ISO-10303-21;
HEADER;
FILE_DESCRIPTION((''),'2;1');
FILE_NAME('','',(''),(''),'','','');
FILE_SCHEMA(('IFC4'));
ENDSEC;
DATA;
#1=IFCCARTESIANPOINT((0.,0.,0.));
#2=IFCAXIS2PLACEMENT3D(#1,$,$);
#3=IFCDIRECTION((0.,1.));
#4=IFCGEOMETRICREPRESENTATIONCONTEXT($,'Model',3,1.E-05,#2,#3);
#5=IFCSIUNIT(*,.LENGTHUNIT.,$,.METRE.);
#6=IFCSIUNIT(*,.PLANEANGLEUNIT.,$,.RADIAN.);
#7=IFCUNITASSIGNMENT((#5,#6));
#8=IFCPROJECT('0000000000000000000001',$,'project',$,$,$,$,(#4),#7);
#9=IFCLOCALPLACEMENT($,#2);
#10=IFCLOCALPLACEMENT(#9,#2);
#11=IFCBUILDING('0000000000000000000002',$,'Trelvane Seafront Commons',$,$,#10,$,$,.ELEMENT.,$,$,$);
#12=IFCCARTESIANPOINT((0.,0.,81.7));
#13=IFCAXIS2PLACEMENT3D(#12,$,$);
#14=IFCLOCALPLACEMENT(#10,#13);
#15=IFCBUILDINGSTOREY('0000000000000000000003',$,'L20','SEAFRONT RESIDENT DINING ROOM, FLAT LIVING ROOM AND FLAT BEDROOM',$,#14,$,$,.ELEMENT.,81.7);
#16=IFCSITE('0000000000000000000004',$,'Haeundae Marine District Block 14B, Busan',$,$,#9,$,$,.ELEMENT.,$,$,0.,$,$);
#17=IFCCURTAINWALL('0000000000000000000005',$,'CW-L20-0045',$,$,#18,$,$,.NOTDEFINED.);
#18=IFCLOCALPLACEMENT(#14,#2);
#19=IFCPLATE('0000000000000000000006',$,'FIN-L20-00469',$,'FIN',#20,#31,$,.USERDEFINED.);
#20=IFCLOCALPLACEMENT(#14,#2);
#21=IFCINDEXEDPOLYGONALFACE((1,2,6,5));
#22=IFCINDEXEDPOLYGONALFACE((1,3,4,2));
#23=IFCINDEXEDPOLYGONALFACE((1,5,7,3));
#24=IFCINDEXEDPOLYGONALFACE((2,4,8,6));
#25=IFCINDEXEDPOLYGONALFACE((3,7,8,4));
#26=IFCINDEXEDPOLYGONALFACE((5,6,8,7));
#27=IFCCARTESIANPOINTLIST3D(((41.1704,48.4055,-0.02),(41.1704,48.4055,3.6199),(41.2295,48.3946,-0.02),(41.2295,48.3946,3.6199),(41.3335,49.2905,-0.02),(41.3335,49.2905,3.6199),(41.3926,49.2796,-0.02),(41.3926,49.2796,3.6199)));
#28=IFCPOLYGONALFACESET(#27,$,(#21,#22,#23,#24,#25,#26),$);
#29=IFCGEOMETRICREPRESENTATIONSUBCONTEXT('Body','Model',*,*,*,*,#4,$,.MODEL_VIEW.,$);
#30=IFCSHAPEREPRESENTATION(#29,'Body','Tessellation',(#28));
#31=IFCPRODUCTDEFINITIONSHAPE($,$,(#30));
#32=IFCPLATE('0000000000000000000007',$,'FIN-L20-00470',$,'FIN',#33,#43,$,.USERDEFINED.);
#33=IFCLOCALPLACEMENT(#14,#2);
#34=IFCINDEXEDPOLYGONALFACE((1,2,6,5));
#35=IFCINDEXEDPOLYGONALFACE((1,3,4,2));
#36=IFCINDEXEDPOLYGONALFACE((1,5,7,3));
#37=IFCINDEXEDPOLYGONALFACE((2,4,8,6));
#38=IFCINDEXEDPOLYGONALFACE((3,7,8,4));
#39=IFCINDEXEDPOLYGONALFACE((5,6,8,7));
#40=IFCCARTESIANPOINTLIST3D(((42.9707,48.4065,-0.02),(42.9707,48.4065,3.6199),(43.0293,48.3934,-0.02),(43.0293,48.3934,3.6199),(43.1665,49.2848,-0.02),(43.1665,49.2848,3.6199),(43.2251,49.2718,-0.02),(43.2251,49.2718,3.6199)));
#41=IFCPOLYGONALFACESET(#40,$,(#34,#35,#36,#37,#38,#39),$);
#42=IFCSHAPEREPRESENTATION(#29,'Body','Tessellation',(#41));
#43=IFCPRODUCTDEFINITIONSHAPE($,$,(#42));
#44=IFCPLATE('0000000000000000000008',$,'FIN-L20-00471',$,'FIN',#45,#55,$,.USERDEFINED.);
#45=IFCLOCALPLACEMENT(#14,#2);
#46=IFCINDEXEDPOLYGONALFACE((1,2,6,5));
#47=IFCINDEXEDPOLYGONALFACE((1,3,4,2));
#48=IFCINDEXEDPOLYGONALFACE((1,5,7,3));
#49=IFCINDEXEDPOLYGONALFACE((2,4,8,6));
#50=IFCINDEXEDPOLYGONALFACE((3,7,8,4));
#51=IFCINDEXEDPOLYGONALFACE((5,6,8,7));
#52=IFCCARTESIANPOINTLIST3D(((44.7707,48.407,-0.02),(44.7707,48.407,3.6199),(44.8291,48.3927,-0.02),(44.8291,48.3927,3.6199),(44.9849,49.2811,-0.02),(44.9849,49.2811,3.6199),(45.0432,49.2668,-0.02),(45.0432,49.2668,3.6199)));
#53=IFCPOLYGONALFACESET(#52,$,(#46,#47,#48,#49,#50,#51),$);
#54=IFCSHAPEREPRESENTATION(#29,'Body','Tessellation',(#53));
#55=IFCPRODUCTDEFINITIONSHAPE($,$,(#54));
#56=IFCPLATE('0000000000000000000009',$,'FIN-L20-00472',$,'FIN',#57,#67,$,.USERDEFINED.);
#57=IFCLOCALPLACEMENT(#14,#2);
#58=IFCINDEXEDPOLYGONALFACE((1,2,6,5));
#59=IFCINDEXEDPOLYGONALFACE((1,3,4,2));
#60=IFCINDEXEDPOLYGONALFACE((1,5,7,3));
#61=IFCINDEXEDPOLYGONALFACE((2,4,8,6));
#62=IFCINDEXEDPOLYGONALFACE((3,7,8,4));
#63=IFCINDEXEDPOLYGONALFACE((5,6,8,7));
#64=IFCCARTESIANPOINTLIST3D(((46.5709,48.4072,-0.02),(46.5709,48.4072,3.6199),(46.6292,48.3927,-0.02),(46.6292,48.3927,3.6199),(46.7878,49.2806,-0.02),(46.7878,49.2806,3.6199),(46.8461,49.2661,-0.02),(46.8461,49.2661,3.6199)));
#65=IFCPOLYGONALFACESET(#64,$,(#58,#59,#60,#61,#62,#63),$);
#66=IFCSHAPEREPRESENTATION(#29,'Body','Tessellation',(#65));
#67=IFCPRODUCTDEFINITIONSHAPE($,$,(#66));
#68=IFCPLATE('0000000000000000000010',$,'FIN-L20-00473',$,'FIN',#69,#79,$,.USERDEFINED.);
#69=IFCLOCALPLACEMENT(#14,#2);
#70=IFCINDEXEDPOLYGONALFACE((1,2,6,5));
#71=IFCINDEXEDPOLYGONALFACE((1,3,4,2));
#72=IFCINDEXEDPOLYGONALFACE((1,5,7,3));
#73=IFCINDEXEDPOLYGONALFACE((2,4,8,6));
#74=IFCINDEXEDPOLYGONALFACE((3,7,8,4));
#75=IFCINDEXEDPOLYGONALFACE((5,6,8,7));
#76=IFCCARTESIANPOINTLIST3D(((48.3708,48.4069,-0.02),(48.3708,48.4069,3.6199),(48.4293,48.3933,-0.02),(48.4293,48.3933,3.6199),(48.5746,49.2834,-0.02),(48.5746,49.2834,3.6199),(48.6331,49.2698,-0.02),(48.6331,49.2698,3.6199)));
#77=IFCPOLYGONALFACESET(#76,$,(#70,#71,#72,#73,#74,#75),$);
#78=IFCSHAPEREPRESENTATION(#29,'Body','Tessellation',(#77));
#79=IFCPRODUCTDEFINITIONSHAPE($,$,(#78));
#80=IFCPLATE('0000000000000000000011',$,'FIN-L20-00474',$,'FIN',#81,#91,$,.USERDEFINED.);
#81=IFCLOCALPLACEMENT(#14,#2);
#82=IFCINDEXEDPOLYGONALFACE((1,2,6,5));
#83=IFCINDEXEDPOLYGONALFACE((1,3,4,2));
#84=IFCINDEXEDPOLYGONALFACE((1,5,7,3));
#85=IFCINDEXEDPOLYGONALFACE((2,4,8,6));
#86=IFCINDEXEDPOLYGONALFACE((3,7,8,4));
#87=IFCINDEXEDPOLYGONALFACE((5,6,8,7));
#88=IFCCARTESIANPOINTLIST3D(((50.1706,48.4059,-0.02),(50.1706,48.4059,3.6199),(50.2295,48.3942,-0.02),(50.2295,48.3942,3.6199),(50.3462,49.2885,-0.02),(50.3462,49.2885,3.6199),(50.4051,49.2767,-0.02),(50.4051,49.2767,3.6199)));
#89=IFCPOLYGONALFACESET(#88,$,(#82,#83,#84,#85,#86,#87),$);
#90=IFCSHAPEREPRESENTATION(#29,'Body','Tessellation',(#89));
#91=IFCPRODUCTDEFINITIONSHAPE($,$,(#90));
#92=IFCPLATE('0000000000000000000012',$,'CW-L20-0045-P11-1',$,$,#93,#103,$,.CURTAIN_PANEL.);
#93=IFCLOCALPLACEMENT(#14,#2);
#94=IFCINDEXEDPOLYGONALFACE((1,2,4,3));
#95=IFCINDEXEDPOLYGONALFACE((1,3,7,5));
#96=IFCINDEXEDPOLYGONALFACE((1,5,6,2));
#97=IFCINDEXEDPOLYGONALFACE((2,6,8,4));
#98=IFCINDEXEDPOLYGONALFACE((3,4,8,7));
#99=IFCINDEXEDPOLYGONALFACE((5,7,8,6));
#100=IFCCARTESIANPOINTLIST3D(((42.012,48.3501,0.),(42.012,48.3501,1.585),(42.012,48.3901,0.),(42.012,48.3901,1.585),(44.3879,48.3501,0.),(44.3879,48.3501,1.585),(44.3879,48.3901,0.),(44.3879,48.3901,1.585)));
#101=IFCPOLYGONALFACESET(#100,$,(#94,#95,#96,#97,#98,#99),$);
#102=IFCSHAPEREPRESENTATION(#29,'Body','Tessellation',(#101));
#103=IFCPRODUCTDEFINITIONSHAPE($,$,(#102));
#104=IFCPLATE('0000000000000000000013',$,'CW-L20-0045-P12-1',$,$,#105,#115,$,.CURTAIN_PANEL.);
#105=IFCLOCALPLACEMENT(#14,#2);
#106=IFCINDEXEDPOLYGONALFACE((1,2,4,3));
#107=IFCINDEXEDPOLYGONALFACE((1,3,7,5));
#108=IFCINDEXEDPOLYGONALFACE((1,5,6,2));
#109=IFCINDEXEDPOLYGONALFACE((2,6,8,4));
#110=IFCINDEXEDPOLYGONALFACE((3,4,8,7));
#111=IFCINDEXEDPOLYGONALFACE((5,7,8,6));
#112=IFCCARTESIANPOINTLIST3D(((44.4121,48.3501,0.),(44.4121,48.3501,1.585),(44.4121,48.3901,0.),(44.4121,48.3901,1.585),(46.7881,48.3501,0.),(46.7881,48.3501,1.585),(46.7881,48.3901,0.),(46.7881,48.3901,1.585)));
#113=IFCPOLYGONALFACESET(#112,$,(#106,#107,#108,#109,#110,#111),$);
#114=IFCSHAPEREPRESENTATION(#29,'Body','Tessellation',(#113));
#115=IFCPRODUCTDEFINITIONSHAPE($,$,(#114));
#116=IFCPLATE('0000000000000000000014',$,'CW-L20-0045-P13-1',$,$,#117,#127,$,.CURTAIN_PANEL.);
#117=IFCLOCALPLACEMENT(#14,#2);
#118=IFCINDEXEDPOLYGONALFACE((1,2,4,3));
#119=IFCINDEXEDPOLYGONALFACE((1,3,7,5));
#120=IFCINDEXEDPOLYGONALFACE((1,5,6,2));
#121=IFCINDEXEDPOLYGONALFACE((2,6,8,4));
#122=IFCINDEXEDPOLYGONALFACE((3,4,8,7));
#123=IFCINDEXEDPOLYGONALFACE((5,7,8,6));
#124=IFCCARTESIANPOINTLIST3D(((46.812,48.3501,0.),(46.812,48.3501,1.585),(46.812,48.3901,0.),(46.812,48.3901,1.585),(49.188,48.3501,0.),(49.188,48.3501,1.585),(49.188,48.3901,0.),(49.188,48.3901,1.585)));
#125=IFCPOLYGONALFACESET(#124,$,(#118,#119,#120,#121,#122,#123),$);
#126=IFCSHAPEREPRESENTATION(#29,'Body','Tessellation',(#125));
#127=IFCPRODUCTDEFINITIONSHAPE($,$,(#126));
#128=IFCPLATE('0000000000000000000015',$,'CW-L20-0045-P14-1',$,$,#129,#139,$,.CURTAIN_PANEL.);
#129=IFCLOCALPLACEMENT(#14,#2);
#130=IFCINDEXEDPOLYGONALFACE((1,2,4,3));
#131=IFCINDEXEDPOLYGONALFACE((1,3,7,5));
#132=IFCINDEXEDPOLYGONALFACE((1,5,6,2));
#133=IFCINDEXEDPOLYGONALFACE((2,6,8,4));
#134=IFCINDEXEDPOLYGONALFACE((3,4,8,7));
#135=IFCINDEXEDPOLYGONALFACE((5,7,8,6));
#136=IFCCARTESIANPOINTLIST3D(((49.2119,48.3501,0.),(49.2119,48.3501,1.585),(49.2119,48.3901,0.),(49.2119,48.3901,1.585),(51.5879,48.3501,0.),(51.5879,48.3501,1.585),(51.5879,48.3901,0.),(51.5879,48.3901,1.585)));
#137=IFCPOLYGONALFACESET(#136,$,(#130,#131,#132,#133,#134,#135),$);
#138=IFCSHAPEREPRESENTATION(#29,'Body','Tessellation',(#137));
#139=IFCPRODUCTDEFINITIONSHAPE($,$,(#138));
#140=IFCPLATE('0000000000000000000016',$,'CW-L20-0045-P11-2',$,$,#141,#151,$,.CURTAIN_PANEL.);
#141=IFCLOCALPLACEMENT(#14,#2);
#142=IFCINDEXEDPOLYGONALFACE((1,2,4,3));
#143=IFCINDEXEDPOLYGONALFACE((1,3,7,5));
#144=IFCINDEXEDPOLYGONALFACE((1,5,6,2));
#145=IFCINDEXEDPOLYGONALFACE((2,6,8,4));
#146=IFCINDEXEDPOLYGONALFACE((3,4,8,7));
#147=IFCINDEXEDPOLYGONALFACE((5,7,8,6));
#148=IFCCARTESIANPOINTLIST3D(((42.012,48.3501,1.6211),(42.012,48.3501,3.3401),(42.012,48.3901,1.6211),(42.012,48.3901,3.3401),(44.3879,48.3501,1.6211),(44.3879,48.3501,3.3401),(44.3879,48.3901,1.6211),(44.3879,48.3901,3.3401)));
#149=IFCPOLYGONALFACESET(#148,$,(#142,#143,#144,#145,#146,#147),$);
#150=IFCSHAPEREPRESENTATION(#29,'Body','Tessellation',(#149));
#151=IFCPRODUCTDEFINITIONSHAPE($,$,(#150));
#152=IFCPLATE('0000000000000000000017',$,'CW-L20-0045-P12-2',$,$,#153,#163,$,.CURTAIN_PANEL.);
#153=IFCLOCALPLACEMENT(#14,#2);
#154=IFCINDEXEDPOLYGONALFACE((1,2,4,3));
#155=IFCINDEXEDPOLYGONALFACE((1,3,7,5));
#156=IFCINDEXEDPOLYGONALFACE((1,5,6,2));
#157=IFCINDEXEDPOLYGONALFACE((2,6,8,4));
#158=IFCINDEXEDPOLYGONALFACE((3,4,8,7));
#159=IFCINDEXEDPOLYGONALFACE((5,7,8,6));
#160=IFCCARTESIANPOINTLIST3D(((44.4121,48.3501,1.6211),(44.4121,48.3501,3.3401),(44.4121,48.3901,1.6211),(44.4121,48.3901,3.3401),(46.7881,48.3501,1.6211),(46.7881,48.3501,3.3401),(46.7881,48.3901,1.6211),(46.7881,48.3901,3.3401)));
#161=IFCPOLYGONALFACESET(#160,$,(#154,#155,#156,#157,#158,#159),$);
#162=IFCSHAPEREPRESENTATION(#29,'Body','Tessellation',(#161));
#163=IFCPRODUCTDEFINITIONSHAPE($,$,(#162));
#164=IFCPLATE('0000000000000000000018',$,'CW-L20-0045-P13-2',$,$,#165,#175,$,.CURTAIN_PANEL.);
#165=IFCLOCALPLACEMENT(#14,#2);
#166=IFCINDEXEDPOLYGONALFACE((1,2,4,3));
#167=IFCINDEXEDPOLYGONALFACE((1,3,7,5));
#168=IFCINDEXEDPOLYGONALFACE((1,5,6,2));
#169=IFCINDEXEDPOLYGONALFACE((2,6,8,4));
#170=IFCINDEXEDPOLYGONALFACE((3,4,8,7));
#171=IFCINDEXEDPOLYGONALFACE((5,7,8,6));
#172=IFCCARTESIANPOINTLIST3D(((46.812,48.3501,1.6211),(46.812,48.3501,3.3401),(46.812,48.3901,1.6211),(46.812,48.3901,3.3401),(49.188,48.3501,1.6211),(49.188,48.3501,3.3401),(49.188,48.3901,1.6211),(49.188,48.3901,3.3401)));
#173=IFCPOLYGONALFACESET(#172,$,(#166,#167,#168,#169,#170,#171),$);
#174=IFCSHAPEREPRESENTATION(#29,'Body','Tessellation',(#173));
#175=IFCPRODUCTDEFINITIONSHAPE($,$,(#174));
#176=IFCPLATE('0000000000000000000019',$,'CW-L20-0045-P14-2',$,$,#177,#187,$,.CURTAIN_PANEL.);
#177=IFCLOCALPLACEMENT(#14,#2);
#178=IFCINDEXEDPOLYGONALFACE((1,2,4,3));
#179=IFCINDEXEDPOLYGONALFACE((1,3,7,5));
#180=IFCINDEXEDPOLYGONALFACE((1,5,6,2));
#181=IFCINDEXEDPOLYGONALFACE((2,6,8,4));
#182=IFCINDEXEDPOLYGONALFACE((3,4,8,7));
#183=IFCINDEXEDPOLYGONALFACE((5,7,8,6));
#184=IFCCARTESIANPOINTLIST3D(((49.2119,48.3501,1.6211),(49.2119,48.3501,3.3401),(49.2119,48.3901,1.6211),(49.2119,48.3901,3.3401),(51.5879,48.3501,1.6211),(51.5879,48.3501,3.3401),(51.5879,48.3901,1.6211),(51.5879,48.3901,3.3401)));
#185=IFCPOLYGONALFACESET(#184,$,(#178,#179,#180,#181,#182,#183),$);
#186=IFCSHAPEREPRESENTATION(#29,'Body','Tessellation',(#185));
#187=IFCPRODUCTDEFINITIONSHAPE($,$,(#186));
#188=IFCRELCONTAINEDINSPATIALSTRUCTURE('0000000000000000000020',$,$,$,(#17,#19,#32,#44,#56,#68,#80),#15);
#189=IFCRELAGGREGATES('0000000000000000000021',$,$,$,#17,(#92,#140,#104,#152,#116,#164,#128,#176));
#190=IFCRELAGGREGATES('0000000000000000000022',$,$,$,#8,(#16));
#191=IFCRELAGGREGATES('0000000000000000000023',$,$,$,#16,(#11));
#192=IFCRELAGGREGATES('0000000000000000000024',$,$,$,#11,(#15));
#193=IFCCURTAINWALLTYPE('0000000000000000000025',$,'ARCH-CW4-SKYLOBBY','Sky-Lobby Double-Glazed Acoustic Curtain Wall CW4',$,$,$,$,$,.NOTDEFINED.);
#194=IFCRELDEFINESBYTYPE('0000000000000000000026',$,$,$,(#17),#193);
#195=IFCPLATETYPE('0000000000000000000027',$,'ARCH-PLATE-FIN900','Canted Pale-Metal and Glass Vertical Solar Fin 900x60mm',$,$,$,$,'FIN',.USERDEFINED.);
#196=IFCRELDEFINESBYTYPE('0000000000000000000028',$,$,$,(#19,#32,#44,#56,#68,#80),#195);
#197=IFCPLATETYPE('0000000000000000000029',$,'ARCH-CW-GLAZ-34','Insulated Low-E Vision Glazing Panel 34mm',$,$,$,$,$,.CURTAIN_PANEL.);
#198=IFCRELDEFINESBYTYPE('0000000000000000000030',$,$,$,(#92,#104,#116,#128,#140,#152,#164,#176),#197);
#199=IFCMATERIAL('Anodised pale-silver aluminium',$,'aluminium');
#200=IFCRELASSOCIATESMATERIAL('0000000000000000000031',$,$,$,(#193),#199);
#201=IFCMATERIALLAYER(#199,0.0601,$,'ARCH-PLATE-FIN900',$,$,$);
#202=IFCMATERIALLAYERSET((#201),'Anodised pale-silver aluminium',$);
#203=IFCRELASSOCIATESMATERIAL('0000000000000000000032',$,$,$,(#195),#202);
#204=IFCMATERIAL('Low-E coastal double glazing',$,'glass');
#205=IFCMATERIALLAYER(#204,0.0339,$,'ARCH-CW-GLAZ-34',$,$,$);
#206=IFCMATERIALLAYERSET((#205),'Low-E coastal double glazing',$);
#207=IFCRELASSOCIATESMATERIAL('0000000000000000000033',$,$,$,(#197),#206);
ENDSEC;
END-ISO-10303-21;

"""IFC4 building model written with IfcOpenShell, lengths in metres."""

from ifc_helpers import new_model, si_unit, direction, frame, origin, origin_2d, place, context, subcontext, project, spatial, rectangle, extrude, source, transform, mapped, material, layer, layer_set, type_object, element, aggregate, save


model = new_model("IFC4")

# Units and contexts
model_context = context("Model", 3, precision=1e-05, world=origin(), true_north=direction((0.0, 1.0)))
body_context = subcontext(model_context, "Body", "Model", "MODEL_VIEW")
ifc_project = project(units=[si_unit("LENGTHUNIT", "METRE"), si_unit("PLANEANGLEUNIT", "RADIAN")], contexts=[model_context])

# Site, building, storey
site_placement = place(None, origin())
site = spatial("IfcSite", under=ifc_project, at=site_placement, Name="Haeundae Marine District Block 14B, Busan", CompositionType="ELEMENT", RefElevation=0.0)
building_placement = place(site_placement, origin())
building = spatial("IfcBuilding", under=site, at=building_placement, Name="Trelvane Seafront Commons", CompositionType="ELEMENT")
storey_placement = place(building_placement, frame((0.0, 0.0, 81.7)))
storey = spatial("IfcBuildingStorey", under=building, at=storey_placement, Name="L20", Description="SEAFRONT RESIDENT DINING ROOM, FLAT LIVING ROOM AND FLAT BEDROOM", CompositionType="ELEMENT", Elevation=81.7)

# Curtain wall
ifc_material_1 = material(Name="Anodised pale-silver aluminium", Category="aluminium")
curtain_wall_type = type_object("IfcCurtainWallType", Name="ARCH-CW4-SKYLOBBY", Description="Sky-Lobby Double-Glazed Acoustic Curtain Wall CW4", PredefinedType="NOTDEFINED", material=ifc_material_1)
curtain_wall_placement = place(storey_placement, origin())
curtain_wall = element("IfcCurtainWall", 1, at=curtain_wall_placement, inside=storey, type_object=curtain_wall_type, Name="CW-L20-0045", PredefinedType="NOTDEFINED")

# Plates
ifc_layer_1 = layer(ifc_material_1, 0.0601, Name="ARCH-PLATE-FIN900")
ifc_layer_set_1 = layer_set([ifc_layer_1], Name="Anodised pale-silver aluminium")
plate_type_1 = type_object("IfcPlateType", Name="ARCH-PLATE-FIN900", Description="Canted Pale-Metal and Glass Vertical Solar Fin 900x60mm", ElementType="FIN", PredefinedType="USERDEFINED", material=ifc_layer_set_1)
shared_shape_1 = source(origin(), body_context, "Body", "SweptSolid", [
    extrude(rectangle(XDim=0.8999, YDim=0.0601, at=origin_2d()), origin(), (0.0, 0.0, 1.0), 3.6399),
])
for number, where, z_axis, x_axis, name in (
    (2, (41.2815, 48.8425, -0.02), (0.0, 0.0, 1.0), (0.181221, 0.983442, 0.0), "FIN-L20-00469"),
    (3, (43.0979, 48.8391, -0.02), (0.0, 0.0, 1.0), (0.217566, 0.976046, 0.0), "FIN-L20-00470"),
    (4, (44.907, 48.8369, -0.02), (0.0, 0.0, 1.0), (0.23801, 0.971263, 0.0), "FIN-L20-00471"),
    (5, (46.7085, 48.8367, -0.02), (0.0, 0.0, 1.0), (0.240992, 0.970527, 0.0), "FIN-L20-00472"),
    (6, (48.502, 48.8384, -0.02), (0.0, 0.0, 1.0), (0.226449, 0.974023, 0.0), "FIN-L20-00473"),
    (7, (50.2878, 48.8413, -0.02), (0.0, 0.0, 1.0), (0.195219, 0.98076, 0.0), "FIN-L20-00474"),
):
    element("IfcPlate", number, at=place(storey_placement, frame(where, z_axis=z_axis, x_axis=x_axis)), inside=storey, type_object=plate_type_1, Name=name, ObjectType="FIN", PredefinedType="USERDEFINED", context=body_context, shape_type="MappedRepresentation", body=[
        mapped(shared_shape_1, transform((0.0, 0.0, 0.0), x_axis=(1.0, 0.0, 0.0), y_axis=(0.0, 1.0, 0.0), z_axis=(0.0, 0.0, 1.0), scale=1.0)),
    ])

# Plates
ifc_material_2 = material(Name="Low-E coastal double glazing", Category="glass")
ifc_layer_2 = layer(ifc_material_2, 0.0339, Name="ARCH-CW-GLAZ-34")
ifc_layer_set_2 = layer_set([ifc_layer_2], Name="Low-E coastal double glazing")
plate_type_2 = type_object("IfcPlateType", Name="ARCH-CW-GLAZ-34", Description="Insulated Low-E Vision Glazing Panel 34mm", PredefinedType="CURTAIN_PANEL", material=ifc_layer_set_2)
shared_shape_2 = source(origin(), body_context, "Body", "SweptSolid", [
    extrude(rectangle(XDim=2.376, YDim=0.04, at=origin_2d()), origin(), (0.0, 0.0, 1.0), 1.585),
])
plate_1_placement = place(storey_placement, frame((43.2, 48.3701, 0.0), z_axis=(0.0, 0.0, 1.0), x_axis=(1.0, 0.0, 0.0)))
plate_1 = element("IfcPlate", 8, at=plate_1_placement, type_object=plate_type_2, Name="CW-L20-0045-P11-1", PredefinedType="CURTAIN_PANEL", context=body_context, shape_type="MappedRepresentation", body=[
    mapped(shared_shape_2, transform((0.0, 0.0, 0.0), x_axis=(1.0, 0.0, 0.0), y_axis=(0.0, 1.0, 0.0), z_axis=(0.0, 0.0, 1.0), scale=1.0)),
])
plate_2_placement = place(storey_placement, frame((45.6001, 48.3701, 0.0), z_axis=(0.0, 0.0, 1.0), x_axis=(1.0, 0.0, 0.0)))
plate_2 = element("IfcPlate", 9, at=plate_2_placement, type_object=plate_type_2, Name="CW-L20-0045-P12-1", PredefinedType="CURTAIN_PANEL", context=body_context, shape_type="MappedRepresentation", body=[
    mapped(shared_shape_2, transform((0.0, 0.0, 0.0), x_axis=(1.0, 0.0, 0.0), y_axis=(0.0, 1.0, 0.0), z_axis=(0.0, 0.0, 1.0), scale=1.0)),
])
plate_3_placement = place(storey_placement, frame((48.0, 48.3701, 0.0), z_axis=(0.0, 0.0, 1.0), x_axis=(1.0, 0.0, 0.0)))
plate_3 = element("IfcPlate", 10, at=plate_3_placement, type_object=plate_type_2, Name="CW-L20-0045-P13-1", PredefinedType="CURTAIN_PANEL", context=body_context, shape_type="MappedRepresentation", body=[
    mapped(shared_shape_2, transform((0.0, 0.0, 0.0), x_axis=(1.0, 0.0, 0.0), y_axis=(0.0, 1.0, 0.0), z_axis=(0.0, 0.0, 1.0), scale=1.0)),
])
plate_4_placement = place(storey_placement, frame((50.3999, 48.3701, 0.0), z_axis=(0.0, 0.0, 1.0), x_axis=(1.0, 0.0, 0.0)))
plate_4 = element("IfcPlate", 11, at=plate_4_placement, type_object=plate_type_2, Name="CW-L20-0045-P14-1", PredefinedType="CURTAIN_PANEL", context=body_context, shape_type="MappedRepresentation", body=[
    mapped(shared_shape_2, transform((0.0, 0.0, 0.0), x_axis=(1.0, 0.0, 0.0), y_axis=(0.0, 1.0, 0.0), z_axis=(0.0, 0.0, 1.0), scale=1.0)),
])
shared_shape_3 = source(origin(), body_context, "Body", "SweptSolid", [
    extrude(rectangle(XDim=2.376, YDim=0.04, at=origin_2d()), origin(), (0.0, 0.0, 1.0), 1.719),
])
plate_5_placement = place(storey_placement, frame((43.2, 48.3701, 1.6211), z_axis=(0.0, 0.0, 1.0), x_axis=(1.0, 0.0, 0.0)))
plate_5 = element("IfcPlate", 12, at=plate_5_placement, type_object=plate_type_2, Name="CW-L20-0045-P11-2", PredefinedType="CURTAIN_PANEL", context=body_context, shape_type="MappedRepresentation", body=[
    mapped(shared_shape_3, transform((0.0, 0.0, 0.0), x_axis=(1.0, 0.0, 0.0), y_axis=(0.0, 1.0, 0.0), z_axis=(0.0, 0.0, 1.0), scale=1.0)),
])
plate_6_placement = place(storey_placement, frame((45.6001, 48.3701, 1.6211), z_axis=(0.0, 0.0, 1.0), x_axis=(1.0, 0.0, 0.0)))
plate_6 = element("IfcPlate", 13, at=plate_6_placement, type_object=plate_type_2, Name="CW-L20-0045-P12-2", PredefinedType="CURTAIN_PANEL", context=body_context, shape_type="MappedRepresentation", body=[
    mapped(shared_shape_3, transform((0.0, 0.0, 0.0), x_axis=(1.0, 0.0, 0.0), y_axis=(0.0, 1.0, 0.0), z_axis=(0.0, 0.0, 1.0), scale=1.0)),
])
plate_7_placement = place(storey_placement, frame((48.0, 48.3701, 1.6211), z_axis=(0.0, 0.0, 1.0), x_axis=(1.0, 0.0, 0.0)))
plate_7 = element("IfcPlate", 14, at=plate_7_placement, type_object=plate_type_2, Name="CW-L20-0045-P13-2", PredefinedType="CURTAIN_PANEL", context=body_context, shape_type="MappedRepresentation", body=[
    mapped(shared_shape_3, transform((0.0, 0.0, 0.0), x_axis=(1.0, 0.0, 0.0), y_axis=(0.0, 1.0, 0.0), z_axis=(0.0, 0.0, 1.0), scale=1.0)),
])
plate_8_placement = place(storey_placement, frame((50.3999, 48.3701, 1.6211), z_axis=(0.0, 0.0, 1.0), x_axis=(1.0, 0.0, 0.0)))
plate_8 = element("IfcPlate", 15, at=plate_8_placement, type_object=plate_type_2, Name="CW-L20-0045-P14-2", PredefinedType="CURTAIN_PANEL", context=body_context, shape_type="MappedRepresentation", body=[
    mapped(shared_shape_3, transform((0.0, 0.0, 0.0), x_axis=(1.0, 0.0, 0.0), y_axis=(0.0, 1.0, 0.0), z_axis=(0.0, 0.0, 1.0), scale=1.0)),
])
aggregate(curtain_wall, [plate_1, plate_5, plate_2, plate_6, plate_3, plate_7, plate_4, plate_8])

save(model, "model.ifc")
